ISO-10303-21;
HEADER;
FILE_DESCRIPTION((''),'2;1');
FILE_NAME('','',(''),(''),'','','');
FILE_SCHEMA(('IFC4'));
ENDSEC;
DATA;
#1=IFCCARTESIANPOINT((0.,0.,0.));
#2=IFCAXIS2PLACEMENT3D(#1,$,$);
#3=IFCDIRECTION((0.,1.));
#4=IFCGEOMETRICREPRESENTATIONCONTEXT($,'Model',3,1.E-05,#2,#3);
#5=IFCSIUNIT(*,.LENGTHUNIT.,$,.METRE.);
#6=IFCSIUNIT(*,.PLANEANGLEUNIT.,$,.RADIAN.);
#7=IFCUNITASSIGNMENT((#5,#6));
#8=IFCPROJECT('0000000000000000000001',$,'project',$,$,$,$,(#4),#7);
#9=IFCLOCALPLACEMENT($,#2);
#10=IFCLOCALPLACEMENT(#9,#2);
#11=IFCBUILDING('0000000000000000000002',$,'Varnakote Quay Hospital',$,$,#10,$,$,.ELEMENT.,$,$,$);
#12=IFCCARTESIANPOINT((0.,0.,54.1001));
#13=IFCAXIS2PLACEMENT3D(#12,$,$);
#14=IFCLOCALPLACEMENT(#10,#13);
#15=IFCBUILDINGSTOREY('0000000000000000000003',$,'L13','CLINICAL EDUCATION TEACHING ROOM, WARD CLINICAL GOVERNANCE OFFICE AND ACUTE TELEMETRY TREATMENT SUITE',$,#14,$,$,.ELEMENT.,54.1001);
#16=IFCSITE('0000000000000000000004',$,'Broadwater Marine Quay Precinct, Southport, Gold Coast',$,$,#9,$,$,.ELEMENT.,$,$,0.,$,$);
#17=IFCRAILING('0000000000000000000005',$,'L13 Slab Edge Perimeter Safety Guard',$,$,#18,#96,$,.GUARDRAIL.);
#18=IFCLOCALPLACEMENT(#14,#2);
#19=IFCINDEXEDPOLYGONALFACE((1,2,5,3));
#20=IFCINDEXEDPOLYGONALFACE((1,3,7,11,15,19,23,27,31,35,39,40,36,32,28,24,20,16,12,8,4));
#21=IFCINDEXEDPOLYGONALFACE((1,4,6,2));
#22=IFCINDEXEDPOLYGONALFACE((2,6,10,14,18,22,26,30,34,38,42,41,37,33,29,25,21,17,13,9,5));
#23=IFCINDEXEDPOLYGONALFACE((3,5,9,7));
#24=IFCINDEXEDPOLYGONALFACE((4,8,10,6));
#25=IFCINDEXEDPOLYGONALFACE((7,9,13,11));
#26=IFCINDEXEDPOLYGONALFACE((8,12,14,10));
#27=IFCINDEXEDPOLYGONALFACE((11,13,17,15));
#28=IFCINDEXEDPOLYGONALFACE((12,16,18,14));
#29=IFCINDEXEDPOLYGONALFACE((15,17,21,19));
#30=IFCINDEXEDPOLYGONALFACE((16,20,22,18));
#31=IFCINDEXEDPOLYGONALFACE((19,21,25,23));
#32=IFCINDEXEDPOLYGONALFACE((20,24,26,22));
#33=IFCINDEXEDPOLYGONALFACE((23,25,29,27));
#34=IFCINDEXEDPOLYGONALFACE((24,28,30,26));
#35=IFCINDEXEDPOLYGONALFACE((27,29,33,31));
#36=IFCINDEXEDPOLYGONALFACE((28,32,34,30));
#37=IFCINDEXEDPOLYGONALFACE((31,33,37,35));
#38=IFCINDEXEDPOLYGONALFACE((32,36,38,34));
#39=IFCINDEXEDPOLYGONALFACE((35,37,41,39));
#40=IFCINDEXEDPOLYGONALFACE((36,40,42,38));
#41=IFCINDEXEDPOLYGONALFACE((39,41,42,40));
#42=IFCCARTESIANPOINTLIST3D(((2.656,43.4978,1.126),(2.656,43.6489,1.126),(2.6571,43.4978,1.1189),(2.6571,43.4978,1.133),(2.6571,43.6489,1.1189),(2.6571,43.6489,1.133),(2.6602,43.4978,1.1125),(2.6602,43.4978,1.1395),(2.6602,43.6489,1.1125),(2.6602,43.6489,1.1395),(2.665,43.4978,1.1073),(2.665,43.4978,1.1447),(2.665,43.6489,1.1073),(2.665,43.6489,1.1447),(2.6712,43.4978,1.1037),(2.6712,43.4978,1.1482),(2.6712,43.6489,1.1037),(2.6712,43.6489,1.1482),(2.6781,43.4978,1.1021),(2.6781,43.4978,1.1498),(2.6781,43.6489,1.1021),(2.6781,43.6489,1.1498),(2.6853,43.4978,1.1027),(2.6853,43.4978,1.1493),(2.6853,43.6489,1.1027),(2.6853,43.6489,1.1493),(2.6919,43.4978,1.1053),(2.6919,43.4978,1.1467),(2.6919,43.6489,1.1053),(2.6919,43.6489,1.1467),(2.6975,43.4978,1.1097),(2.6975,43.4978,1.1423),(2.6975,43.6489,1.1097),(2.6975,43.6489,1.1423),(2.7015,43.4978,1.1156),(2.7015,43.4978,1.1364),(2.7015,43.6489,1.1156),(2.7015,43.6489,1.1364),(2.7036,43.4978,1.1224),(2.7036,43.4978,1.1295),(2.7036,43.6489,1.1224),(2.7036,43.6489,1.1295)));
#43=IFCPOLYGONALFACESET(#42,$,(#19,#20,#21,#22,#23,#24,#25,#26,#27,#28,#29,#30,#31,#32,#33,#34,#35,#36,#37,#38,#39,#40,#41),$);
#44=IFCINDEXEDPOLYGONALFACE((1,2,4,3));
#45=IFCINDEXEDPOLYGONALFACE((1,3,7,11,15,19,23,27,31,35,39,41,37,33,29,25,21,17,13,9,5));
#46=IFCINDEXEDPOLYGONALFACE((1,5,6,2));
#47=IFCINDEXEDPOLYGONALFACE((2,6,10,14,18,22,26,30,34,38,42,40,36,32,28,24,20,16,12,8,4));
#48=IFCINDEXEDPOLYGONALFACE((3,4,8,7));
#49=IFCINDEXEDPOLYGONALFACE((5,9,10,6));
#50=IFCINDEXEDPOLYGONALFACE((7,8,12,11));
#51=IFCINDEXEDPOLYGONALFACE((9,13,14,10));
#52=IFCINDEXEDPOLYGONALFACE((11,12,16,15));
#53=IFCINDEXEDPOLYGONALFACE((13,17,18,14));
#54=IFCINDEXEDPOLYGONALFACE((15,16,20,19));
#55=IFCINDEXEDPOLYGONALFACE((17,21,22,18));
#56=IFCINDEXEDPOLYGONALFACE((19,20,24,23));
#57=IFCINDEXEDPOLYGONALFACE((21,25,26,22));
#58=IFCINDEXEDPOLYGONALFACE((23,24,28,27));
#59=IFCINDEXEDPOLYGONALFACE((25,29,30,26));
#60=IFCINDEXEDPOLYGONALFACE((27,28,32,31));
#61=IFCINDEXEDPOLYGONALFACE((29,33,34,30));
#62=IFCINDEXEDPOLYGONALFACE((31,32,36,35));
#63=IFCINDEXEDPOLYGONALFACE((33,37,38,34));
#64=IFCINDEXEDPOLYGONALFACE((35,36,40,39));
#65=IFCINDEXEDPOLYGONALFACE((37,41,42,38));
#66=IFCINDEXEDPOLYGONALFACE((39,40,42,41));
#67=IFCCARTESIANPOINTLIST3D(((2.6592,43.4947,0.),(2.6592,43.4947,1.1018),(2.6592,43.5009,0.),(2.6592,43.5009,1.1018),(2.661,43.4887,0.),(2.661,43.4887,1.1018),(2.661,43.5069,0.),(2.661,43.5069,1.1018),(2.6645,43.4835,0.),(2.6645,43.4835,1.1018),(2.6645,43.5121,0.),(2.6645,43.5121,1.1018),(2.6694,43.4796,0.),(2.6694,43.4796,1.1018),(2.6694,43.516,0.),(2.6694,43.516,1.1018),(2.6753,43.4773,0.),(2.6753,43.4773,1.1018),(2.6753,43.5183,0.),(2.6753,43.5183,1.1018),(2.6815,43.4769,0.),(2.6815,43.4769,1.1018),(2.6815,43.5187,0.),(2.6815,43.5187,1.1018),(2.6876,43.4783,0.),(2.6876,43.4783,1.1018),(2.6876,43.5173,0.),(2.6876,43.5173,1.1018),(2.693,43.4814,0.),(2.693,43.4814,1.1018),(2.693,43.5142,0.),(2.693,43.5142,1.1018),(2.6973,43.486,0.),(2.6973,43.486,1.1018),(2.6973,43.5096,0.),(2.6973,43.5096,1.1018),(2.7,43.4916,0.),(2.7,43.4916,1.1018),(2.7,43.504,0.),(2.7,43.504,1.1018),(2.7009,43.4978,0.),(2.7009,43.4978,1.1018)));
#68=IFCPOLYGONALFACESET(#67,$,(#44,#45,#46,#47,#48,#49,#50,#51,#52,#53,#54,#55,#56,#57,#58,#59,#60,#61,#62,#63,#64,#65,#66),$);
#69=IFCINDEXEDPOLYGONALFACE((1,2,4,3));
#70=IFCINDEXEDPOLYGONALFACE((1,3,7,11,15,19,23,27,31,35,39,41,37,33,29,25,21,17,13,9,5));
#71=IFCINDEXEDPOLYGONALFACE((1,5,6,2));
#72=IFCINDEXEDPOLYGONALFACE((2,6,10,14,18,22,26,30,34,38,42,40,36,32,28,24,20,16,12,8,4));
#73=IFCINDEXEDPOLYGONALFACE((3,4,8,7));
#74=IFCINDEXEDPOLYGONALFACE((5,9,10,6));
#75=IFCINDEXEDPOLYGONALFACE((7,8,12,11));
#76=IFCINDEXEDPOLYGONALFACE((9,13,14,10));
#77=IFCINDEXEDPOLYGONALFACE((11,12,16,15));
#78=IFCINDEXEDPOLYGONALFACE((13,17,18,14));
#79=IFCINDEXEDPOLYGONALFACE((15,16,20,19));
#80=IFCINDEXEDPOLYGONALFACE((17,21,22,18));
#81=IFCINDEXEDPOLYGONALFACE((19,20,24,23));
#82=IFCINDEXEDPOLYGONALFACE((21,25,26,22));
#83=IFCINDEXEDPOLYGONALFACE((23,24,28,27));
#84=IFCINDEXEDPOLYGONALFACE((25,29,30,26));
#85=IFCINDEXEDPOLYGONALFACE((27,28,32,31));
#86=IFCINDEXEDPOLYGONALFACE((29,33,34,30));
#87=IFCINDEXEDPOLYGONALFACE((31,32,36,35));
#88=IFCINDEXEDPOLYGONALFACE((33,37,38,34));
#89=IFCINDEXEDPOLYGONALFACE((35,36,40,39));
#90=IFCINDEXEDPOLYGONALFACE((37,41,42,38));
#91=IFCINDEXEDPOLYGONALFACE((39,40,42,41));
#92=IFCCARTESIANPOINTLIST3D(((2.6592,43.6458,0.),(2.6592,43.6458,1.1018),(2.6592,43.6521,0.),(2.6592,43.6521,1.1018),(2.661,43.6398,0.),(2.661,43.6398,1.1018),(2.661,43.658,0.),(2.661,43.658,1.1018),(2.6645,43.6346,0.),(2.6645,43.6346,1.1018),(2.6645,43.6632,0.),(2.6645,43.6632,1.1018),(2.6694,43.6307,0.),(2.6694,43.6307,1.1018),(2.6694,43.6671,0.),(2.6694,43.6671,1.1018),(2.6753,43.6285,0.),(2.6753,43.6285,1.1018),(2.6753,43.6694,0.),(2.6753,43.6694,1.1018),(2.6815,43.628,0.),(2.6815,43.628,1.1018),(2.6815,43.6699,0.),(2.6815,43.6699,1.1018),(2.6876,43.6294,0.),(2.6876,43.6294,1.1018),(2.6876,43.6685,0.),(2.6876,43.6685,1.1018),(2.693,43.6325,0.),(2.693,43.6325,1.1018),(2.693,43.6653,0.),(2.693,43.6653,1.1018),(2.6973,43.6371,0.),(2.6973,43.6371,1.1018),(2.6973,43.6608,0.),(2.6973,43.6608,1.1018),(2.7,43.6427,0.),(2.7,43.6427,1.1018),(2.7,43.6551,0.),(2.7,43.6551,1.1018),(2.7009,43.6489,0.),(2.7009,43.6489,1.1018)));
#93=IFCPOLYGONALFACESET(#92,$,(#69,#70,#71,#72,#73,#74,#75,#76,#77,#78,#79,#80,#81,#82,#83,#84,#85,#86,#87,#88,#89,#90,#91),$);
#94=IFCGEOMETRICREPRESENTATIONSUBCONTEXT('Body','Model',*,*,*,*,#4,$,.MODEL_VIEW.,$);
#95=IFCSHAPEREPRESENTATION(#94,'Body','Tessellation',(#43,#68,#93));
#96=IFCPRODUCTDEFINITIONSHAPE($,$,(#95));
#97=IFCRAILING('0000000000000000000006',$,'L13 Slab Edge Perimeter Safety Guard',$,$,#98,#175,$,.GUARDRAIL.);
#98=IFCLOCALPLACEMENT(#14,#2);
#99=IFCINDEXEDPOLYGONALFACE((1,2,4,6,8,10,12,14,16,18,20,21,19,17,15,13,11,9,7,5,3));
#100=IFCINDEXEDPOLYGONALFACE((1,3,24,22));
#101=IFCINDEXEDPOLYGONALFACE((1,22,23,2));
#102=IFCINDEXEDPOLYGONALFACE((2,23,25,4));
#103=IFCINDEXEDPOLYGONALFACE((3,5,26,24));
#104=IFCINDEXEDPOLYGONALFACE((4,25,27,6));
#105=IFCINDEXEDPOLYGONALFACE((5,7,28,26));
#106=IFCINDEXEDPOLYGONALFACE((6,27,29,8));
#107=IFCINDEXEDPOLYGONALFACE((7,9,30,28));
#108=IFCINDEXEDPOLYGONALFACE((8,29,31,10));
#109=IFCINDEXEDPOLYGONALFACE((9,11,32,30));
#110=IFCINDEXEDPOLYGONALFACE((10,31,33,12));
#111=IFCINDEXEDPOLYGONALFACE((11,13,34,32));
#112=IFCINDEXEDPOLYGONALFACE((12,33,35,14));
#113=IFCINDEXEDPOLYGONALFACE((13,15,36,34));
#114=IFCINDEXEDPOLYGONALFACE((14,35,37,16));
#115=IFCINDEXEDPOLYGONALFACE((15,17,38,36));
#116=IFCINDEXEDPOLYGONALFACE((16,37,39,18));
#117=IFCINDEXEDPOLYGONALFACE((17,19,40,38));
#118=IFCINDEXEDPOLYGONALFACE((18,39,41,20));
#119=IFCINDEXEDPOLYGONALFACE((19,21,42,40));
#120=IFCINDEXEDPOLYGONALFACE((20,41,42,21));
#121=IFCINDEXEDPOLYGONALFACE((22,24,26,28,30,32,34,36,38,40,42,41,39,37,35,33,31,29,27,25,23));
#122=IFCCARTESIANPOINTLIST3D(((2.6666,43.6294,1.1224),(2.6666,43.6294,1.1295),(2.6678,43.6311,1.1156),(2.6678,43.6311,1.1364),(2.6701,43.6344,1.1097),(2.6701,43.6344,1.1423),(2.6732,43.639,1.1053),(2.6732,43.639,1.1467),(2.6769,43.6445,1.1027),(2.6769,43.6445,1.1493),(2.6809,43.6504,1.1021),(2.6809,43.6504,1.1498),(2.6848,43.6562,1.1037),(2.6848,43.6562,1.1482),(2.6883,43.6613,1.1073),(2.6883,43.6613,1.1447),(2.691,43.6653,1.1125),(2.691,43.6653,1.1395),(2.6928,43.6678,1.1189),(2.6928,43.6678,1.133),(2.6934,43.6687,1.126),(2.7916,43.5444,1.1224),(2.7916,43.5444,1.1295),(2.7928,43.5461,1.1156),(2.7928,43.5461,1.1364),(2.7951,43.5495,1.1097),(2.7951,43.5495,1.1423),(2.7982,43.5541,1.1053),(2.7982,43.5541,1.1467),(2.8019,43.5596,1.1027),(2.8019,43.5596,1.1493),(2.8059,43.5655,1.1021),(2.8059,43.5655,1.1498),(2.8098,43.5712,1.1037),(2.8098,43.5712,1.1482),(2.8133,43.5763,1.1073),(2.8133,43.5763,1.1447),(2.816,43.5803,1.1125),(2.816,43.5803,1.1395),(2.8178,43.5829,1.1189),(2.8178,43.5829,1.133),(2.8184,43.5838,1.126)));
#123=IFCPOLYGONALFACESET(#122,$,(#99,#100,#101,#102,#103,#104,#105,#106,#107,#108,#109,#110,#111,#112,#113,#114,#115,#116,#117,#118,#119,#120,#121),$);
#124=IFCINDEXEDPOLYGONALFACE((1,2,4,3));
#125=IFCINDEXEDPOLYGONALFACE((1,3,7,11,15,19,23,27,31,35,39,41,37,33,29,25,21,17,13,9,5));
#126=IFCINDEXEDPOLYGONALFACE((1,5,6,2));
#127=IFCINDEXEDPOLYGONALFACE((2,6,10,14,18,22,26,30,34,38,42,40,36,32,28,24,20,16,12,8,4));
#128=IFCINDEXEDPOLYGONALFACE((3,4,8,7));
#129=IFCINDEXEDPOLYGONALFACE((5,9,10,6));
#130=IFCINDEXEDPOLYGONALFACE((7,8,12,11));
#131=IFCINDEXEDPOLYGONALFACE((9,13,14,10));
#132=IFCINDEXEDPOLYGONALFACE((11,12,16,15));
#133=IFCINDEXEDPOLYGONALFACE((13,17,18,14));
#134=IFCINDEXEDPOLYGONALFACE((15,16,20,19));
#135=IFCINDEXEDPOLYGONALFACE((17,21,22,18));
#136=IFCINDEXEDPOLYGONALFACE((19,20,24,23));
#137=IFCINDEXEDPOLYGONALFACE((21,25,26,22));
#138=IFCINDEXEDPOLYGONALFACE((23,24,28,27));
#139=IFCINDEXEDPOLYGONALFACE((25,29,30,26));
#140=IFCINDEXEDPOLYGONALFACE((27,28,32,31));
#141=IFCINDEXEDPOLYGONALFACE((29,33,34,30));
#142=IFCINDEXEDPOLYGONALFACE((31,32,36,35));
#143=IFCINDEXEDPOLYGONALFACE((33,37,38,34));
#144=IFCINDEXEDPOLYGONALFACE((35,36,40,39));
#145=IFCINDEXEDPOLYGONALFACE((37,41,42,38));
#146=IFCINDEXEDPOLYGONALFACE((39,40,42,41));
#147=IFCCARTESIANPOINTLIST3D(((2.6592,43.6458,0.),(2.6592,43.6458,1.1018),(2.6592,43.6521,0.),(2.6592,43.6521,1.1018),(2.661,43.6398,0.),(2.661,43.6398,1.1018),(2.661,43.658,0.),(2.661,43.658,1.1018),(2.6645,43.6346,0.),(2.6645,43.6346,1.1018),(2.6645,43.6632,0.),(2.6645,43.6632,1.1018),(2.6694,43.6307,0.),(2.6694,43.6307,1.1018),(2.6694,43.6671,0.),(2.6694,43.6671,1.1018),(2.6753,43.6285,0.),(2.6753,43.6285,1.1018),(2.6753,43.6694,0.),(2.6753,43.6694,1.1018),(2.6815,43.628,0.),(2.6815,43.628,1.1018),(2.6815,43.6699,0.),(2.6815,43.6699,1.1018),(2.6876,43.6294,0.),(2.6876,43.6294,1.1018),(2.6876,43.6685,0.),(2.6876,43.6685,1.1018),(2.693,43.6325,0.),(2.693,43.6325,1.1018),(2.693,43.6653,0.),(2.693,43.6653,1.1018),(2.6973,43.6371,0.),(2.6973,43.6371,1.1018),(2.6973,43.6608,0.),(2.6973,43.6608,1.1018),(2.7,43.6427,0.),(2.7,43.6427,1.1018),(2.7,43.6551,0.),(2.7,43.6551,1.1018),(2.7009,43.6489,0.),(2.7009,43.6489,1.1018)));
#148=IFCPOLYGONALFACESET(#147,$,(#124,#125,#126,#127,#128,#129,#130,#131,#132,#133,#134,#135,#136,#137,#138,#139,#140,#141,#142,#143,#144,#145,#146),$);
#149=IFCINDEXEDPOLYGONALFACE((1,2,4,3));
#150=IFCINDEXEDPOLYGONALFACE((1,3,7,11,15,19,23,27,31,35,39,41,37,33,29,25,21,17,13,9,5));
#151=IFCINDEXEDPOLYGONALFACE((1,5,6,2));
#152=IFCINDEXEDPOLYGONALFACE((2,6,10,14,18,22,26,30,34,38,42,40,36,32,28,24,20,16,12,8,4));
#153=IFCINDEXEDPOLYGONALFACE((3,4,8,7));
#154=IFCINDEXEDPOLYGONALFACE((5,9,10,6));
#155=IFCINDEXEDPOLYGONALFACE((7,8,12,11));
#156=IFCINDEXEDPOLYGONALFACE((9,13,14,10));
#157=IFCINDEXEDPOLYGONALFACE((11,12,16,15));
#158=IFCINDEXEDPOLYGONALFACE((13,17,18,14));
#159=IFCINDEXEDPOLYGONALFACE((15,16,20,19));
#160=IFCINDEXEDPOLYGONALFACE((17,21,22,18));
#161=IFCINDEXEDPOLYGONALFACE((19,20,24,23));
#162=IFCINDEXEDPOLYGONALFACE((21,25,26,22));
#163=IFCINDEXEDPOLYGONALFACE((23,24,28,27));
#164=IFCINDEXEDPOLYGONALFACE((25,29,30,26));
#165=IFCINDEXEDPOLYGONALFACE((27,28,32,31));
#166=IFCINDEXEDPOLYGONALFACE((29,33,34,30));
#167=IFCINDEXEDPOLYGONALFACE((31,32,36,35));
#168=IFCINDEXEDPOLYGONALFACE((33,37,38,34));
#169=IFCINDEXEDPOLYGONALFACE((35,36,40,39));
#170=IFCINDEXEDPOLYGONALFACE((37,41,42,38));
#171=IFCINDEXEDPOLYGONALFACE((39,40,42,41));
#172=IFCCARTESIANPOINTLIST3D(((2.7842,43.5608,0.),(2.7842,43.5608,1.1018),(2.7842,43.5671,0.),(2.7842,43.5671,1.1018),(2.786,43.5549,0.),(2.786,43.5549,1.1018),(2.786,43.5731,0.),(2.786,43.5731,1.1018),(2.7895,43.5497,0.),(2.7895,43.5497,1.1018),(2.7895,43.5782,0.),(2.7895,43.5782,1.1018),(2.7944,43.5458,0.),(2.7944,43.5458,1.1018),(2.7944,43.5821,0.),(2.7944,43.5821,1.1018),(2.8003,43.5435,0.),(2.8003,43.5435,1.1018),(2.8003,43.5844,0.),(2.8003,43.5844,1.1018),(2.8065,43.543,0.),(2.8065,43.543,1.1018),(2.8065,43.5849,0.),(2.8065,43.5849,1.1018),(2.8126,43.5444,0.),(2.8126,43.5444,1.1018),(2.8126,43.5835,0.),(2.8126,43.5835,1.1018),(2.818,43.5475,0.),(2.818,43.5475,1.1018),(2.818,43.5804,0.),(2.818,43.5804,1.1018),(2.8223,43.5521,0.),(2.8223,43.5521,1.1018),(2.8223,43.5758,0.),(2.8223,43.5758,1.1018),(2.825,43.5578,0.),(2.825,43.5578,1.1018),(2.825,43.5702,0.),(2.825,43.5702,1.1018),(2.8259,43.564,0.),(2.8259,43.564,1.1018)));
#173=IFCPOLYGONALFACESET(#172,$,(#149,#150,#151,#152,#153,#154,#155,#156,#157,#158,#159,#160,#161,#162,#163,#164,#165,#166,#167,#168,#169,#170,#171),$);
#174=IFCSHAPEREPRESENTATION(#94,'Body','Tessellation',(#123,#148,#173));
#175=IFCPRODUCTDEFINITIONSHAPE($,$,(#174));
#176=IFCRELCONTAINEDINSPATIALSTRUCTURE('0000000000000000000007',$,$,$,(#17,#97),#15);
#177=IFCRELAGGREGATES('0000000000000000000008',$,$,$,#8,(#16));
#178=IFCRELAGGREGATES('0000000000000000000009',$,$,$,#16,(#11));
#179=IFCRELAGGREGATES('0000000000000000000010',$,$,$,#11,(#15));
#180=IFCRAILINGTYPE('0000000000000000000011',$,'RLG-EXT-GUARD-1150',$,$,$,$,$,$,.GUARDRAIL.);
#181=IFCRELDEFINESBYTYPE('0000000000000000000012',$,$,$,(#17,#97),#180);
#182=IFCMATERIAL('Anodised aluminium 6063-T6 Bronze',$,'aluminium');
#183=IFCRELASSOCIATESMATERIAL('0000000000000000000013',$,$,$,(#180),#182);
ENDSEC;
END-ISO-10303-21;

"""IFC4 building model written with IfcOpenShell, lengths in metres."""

from ifc_helpers import new_model, si_unit, direction, frame, origin, origin_2d, place, context, subcontext, project, spatial, circle, extrude, material, type_object, element, save


model = new_model("IFC4")

# Units and contexts
model_context = context("Model", 3, precision=1e-05, world=origin(), true_north=direction((0.0, 1.0)))
body_context = subcontext(model_context, "Body", "Model", "MODEL_VIEW")
ifc_project = project(units=[si_unit("LENGTHUNIT", "METRE"), si_unit("PLANEANGLEUNIT", "RADIAN")], contexts=[model_context])

# Site, building, storey
site_placement = place(None, origin())
site = spatial("IfcSite", under=ifc_project, at=site_placement, Name="Broadwater Marine Quay Precinct, Southport, Gold Coast", CompositionType="ELEMENT", RefElevation=0.0)
building_placement = place(site_placement, origin())
building = spatial("IfcBuilding", under=site, at=building_placement, Name="Varnakote Quay Hospital", CompositionType="ELEMENT")
storey_placement = place(building_placement, frame((0.0, 0.0, 54.1001)))
storey = spatial("IfcBuildingStorey", under=building, at=storey_placement, Name="L13", Description="CLINICAL EDUCATION TEACHING ROOM, WARD CLINICAL GOVERNANCE OFFICE AND ACUTE TELEMETRY TREATMENT SUITE", CompositionType="ELEMENT", Elevation=54.1001)

# Railings
ifc_material_1 = material(Name="Anodised aluminium 6063-T6 Bronze", Category="aluminium")
railing_type = type_object("IfcRailingType", Name="RLG-EXT-GUARD-1150", PredefinedType="GUARDRAIL", material=ifc_material_1)
railing_1_placement = place(storey_placement, frame((2.6799, 43.4978, 0.0)))
element("IfcRailing", 1, at=railing_1_placement, inside=storey, type_object=railing_type, Name="L13 Slab Edge Perimeter Safety Guard", PredefinedType="GUARDRAIL", context=body_context, shape_type="SweptSolid", body=[
    extrude(circle(Radius=0.0239, at=origin_2d()), frame((0.0, 0.0, 1.126), z_axis=(0.0, 1.0, 0.0), x_axis=(-1.0, 0.0, 0.0)), (0.0, 0.0, 1.0), 0.1511),
    extrude(circle(Radius=0.021, at=origin_2d()), origin(), (0.0, 0.0, 1.0), 1.1018),
    extrude(circle(Radius=0.021, at=origin_2d()), frame((0.0, 0.1511, 0.0)), (0.0, 0.0, 1.0), 1.1018),
])
railing_2_placement = place(storey_placement, frame((2.6799, 43.6489, 0.0)))
element("IfcRailing", 2, at=railing_2_placement, inside=storey, type_object=railing_type, Name="L13 Slab Edge Perimeter Safety Guard", PredefinedType="GUARDRAIL", context=body_context, shape_type="SweptSolid", body=[
    extrude(circle(Radius=0.0239, at=origin_2d()), frame((0.0, 0.0, 1.126), z_axis=(0.827047, -0.562133, 0.0), x_axis=(0.562133, 0.827047, 0.0)), (0.0, 0.0, 1.0), 0.1511),
    extrude(circle(Radius=0.021, at=origin_2d()), origin(), (0.0, 0.0, 1.0), 1.1018),
    extrude(circle(Radius=0.021, at=origin_2d()), frame((0.125, -0.085, 0.0)), (0.0, 0.0, 1.0), 1.1018),
])

save(model, "model.ifc")
